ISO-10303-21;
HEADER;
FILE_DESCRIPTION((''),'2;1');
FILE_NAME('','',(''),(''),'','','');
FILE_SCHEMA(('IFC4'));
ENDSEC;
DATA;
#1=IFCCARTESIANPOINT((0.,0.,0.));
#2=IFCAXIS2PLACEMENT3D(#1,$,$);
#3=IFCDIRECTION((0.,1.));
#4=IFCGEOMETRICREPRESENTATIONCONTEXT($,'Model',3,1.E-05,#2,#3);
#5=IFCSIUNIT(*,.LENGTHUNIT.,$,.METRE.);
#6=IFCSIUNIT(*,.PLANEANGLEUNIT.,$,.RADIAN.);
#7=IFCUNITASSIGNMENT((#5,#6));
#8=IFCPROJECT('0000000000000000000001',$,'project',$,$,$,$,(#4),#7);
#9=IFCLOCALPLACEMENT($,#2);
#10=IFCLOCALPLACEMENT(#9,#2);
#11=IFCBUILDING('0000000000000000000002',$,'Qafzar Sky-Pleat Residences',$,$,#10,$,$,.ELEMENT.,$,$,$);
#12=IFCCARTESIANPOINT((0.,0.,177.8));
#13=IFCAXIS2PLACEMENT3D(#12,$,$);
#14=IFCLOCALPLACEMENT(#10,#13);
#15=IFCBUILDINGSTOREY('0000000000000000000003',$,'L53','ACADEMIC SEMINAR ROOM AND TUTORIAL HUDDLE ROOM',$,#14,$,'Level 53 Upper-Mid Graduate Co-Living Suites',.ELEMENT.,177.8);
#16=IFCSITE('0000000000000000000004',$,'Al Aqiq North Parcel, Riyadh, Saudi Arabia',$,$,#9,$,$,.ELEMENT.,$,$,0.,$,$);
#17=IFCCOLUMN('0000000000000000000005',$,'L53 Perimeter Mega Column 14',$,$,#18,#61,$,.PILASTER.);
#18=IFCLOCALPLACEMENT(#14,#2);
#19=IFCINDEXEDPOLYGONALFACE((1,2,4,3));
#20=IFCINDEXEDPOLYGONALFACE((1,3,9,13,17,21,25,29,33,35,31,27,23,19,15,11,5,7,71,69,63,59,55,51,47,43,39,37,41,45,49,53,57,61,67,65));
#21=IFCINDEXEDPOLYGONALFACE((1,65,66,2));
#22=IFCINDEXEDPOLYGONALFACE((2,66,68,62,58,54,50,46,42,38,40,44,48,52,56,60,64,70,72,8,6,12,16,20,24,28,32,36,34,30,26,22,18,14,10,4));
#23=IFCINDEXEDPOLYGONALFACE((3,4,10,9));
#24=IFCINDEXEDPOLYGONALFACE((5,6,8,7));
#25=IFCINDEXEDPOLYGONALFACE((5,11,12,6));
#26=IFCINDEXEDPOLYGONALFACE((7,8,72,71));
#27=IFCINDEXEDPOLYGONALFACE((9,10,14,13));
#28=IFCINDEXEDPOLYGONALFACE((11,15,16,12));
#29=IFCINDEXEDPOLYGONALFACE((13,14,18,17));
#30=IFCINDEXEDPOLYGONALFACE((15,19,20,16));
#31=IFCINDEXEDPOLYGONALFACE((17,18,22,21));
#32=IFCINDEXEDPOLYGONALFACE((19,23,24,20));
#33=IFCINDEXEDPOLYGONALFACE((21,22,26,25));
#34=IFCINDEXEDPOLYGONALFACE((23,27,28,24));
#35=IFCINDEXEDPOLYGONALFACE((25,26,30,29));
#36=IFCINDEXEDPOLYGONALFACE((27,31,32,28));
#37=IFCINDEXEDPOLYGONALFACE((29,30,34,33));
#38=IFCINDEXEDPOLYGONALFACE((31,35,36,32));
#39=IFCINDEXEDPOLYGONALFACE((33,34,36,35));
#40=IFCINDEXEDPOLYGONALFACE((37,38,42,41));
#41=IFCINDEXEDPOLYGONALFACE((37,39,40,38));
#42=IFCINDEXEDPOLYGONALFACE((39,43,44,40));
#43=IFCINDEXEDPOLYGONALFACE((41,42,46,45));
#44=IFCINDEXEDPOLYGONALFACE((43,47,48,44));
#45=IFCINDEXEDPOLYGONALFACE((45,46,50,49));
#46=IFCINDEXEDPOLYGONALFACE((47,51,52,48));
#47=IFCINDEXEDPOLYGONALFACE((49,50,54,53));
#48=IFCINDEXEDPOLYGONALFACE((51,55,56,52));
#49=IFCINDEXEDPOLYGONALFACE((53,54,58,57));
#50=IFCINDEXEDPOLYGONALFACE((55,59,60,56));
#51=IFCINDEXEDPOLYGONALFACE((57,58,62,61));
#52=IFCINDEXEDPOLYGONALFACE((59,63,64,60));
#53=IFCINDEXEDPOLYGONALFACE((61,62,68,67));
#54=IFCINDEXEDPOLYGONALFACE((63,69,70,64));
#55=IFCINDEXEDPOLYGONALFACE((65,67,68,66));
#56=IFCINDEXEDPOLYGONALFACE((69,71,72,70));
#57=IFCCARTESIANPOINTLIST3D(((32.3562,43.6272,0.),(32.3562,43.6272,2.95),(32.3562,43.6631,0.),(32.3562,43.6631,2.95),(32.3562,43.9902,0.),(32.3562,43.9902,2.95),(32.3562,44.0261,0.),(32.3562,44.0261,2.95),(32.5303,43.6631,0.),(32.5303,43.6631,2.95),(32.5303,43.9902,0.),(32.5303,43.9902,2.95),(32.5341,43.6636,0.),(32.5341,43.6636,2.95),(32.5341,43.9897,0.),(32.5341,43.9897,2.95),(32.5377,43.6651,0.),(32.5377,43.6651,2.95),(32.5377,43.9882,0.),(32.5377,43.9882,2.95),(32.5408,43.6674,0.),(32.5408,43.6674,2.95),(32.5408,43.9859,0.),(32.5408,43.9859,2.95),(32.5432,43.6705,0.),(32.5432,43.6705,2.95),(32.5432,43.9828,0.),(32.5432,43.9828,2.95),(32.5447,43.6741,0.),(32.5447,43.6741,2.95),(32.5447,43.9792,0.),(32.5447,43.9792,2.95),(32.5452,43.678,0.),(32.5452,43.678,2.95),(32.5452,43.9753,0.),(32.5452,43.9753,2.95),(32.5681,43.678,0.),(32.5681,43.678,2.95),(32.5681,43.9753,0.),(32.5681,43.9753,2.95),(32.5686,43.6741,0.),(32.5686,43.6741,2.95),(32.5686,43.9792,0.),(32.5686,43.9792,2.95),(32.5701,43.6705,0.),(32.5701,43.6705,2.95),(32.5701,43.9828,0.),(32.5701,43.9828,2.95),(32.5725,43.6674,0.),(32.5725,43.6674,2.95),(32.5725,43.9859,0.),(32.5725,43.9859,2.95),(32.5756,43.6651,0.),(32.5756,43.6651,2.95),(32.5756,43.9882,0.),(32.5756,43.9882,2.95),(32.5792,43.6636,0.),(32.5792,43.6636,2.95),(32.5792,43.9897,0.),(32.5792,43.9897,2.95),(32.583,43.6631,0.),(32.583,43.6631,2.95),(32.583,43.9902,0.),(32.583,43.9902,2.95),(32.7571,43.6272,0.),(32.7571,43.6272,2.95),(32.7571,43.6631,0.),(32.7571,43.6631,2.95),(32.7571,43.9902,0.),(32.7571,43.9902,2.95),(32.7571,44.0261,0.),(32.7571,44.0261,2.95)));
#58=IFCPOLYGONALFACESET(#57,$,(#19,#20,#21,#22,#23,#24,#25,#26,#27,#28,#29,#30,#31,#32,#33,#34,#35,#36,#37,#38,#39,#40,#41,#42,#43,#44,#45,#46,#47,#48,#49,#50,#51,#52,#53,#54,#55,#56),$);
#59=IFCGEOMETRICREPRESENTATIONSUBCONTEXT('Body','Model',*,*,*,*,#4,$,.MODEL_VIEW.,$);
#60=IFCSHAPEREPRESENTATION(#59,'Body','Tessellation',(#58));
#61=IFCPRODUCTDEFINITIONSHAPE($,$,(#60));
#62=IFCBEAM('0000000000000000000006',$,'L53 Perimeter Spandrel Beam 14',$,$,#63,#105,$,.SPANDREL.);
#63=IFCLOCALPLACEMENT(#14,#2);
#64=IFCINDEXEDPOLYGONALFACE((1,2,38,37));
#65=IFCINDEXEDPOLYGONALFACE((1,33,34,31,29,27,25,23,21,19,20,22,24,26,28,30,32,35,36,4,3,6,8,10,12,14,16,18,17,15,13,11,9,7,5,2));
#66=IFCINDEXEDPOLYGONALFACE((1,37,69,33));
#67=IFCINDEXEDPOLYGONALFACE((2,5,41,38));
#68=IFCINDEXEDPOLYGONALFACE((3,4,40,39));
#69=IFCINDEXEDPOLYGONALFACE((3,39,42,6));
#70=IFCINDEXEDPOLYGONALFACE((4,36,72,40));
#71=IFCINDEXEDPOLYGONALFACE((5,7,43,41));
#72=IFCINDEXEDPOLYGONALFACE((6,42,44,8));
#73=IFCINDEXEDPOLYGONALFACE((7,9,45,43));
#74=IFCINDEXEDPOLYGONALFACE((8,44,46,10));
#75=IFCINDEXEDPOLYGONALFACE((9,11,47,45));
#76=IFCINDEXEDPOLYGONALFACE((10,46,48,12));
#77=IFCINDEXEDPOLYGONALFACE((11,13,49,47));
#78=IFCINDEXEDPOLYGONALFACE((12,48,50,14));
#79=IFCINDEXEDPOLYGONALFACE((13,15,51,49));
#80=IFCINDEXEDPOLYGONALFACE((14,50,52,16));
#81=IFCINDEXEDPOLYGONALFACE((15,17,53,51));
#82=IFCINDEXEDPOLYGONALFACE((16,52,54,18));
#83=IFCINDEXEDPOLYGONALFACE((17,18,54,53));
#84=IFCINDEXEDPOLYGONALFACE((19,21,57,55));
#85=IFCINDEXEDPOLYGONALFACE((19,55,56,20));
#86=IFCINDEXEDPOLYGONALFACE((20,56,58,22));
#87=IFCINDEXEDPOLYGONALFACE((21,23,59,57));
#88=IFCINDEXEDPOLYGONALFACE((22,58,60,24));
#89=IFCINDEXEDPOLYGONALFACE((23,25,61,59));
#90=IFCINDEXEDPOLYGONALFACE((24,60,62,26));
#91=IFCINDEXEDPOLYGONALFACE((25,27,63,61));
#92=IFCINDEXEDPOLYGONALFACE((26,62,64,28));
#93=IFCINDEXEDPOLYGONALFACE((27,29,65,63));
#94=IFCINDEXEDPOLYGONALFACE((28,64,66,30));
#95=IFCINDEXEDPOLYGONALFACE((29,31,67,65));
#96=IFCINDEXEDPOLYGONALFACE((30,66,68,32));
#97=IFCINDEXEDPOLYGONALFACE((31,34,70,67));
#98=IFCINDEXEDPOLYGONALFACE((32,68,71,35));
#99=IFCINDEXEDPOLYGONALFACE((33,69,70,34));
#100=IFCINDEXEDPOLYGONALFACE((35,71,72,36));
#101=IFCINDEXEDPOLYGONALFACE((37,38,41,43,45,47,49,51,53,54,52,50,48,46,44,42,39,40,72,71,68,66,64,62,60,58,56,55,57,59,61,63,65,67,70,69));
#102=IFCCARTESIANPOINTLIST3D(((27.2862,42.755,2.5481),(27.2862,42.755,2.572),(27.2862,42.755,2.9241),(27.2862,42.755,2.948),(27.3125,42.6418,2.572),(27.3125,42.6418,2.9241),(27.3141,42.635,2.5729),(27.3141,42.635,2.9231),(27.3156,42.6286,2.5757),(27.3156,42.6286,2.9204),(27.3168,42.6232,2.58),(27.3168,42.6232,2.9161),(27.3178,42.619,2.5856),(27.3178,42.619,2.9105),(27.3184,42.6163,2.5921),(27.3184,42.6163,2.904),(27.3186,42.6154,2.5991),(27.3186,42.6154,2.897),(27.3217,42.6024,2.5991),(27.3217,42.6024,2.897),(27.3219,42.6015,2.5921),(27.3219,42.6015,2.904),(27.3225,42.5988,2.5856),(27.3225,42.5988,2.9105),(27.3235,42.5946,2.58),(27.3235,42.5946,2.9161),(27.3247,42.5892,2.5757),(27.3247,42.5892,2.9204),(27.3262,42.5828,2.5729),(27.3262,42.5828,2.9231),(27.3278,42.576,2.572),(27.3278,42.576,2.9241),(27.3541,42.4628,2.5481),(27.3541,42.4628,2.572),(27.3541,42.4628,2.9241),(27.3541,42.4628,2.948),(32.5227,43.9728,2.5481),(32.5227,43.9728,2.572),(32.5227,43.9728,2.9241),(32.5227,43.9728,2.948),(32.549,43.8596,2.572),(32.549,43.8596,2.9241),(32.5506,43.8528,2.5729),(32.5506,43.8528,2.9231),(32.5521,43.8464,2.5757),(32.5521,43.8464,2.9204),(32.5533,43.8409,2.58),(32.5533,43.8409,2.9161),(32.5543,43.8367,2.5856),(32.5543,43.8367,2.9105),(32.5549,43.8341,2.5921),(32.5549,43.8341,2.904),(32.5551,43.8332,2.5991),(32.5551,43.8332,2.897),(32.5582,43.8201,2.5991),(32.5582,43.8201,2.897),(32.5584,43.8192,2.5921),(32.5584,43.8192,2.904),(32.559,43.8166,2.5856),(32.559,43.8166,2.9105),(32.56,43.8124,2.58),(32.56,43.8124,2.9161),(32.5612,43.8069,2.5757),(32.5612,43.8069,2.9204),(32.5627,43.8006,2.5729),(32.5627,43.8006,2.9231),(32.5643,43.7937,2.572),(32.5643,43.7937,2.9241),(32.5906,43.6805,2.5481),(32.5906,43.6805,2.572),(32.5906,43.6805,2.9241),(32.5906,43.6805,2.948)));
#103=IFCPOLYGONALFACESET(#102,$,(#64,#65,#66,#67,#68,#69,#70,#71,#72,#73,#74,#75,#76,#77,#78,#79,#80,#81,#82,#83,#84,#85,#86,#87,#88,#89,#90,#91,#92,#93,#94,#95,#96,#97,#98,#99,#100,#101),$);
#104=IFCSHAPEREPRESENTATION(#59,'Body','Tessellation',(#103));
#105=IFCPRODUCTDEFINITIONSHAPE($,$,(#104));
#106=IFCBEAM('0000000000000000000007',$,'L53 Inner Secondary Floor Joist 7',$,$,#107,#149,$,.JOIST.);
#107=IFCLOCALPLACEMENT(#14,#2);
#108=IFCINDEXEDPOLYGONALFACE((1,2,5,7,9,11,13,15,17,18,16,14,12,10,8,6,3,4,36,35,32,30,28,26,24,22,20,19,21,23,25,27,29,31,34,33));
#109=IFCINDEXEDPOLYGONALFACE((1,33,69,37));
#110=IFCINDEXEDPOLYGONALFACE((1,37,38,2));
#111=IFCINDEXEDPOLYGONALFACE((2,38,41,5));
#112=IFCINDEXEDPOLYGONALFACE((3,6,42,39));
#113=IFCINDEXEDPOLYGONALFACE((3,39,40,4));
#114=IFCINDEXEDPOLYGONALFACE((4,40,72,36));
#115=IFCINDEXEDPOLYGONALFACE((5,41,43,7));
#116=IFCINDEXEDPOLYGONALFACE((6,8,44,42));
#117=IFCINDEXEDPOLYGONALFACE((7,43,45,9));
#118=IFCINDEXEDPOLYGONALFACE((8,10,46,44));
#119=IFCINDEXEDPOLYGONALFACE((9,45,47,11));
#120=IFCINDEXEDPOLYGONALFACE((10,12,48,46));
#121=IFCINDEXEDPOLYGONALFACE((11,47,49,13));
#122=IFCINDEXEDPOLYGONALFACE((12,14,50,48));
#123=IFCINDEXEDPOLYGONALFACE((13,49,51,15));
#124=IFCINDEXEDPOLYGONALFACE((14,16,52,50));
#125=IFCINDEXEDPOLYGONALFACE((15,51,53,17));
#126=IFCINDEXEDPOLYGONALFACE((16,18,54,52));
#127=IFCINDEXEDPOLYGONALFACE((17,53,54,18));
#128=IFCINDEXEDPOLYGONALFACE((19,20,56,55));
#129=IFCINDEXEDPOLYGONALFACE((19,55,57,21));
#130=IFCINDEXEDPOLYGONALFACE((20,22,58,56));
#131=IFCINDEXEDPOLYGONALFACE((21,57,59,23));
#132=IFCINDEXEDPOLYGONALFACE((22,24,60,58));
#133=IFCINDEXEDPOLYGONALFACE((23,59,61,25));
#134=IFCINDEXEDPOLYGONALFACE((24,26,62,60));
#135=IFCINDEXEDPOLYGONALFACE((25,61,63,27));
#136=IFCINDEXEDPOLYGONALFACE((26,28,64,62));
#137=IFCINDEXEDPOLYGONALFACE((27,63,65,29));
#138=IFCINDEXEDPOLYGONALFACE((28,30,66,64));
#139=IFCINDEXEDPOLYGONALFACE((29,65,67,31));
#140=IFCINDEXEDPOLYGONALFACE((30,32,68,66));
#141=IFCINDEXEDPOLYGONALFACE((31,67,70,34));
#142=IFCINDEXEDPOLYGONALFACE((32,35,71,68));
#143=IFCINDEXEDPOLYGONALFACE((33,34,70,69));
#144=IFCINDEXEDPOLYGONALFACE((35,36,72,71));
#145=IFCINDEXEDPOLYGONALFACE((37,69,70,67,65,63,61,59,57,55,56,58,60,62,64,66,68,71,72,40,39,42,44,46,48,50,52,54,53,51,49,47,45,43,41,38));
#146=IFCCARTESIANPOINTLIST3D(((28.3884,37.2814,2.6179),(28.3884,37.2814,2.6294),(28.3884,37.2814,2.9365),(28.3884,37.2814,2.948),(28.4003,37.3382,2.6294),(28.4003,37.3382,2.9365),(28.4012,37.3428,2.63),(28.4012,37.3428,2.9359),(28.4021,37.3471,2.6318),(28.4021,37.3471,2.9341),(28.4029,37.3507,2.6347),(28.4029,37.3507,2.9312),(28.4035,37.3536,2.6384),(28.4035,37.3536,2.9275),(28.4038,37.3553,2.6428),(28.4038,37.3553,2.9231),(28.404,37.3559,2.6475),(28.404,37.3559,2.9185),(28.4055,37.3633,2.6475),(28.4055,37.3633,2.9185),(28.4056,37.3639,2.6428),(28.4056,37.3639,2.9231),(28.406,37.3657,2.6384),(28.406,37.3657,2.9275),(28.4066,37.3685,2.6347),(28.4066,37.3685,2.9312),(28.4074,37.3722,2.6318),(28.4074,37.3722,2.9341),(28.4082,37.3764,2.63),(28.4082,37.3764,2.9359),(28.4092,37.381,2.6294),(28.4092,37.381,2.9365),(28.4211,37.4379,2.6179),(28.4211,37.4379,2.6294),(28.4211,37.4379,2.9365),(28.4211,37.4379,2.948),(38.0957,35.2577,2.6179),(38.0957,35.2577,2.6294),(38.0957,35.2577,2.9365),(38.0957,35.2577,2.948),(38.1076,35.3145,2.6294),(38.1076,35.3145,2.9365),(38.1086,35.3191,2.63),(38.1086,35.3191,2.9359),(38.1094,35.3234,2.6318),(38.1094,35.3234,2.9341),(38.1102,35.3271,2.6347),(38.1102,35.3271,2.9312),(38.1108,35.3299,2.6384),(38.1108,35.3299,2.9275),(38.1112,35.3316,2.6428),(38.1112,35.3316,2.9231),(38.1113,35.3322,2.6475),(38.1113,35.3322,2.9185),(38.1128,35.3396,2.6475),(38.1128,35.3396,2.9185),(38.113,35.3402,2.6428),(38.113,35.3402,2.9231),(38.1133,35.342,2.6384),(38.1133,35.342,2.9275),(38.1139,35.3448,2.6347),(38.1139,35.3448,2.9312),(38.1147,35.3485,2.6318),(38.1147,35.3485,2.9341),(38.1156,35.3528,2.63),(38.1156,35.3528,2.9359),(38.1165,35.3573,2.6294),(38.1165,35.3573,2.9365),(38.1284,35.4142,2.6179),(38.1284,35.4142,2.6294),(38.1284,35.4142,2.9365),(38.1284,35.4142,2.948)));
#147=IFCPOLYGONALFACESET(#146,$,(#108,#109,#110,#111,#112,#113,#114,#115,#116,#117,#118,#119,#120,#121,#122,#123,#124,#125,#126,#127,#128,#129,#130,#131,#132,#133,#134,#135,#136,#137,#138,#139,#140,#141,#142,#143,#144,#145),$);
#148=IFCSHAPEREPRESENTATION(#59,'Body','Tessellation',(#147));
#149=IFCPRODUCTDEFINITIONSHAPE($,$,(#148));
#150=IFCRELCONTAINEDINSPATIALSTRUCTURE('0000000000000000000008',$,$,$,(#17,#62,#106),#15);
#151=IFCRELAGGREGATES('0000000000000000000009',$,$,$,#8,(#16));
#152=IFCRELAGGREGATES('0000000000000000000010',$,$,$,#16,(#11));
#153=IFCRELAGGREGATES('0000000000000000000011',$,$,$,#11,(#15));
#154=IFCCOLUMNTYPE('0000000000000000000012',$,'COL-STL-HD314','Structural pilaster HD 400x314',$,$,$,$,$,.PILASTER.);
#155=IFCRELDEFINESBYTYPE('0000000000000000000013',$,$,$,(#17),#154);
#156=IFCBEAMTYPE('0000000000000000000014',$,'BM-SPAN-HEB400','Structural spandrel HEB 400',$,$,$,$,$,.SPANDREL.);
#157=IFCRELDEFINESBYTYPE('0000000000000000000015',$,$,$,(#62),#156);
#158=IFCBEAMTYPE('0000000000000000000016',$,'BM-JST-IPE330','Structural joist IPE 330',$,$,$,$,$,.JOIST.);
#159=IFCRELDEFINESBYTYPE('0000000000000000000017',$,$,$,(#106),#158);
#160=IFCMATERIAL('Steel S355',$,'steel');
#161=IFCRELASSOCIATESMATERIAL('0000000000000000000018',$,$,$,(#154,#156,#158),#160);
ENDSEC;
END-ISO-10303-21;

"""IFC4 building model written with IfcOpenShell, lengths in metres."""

from ifc_helpers import new_model, si_unit, direction, frame, origin, origin_2d, place, context, subcontext, project, spatial, i_section, extrude, source, transform, mapped, material, material_profile, profile_set, type_object, element, save


model = new_model("IFC4")

# Units and contexts
model_context = context("Model", 3, precision=1e-05, world=origin(), true_north=direction((0.0, 1.0)))
body_context = subcontext(model_context, "Body", "Model", "MODEL_VIEW")
ifc_project = project(units=[si_unit("LENGTHUNIT", "METRE"), si_unit("PLANEANGLEUNIT", "RADIAN")], contexts=[model_context])

# Site, building, storey
site_placement = place(None, origin())
site = spatial("IfcSite", under=ifc_project, at=site_placement, Name="Al Aqiq North Parcel, Riyadh, Saudi Arabia", CompositionType="ELEMENT", RefElevation=0.0)
building_placement = place(site_placement, origin())
building = spatial("IfcBuilding", under=site, at=building_placement, Name="Qafzar Sky-Pleat Residences", CompositionType="ELEMENT")
storey_placement = place(building_placement, frame((0.0, 0.0, 177.8)))
storey = spatial("IfcBuildingStorey", under=building, at=storey_placement, Name="L53", Description="ACADEMIC SEMINAR ROOM AND TUTORIAL HUDDLE ROOM", LongName="Level 53 Upper-Mid Graduate Co-Living Suites", CompositionType="ELEMENT", Elevation=177.8)

# Column
ifc_material_1 = material(Name="Steel S355", Category="steel")
ifc_material_profile_1 = material_profile(ifc_material_1, i_section(OverallWidth=0.4009, OverallDepth=0.3989, WebThickness=0.0229, FlangeThickness=0.0359, FilletRadius=0.0149, at=origin_2d()), Name="HD 400x314")
ifc_profile_set_1 = profile_set([ifc_material_profile_1], Name="Steel S355")
column_type = type_object("IfcColumnType", Name="COL-STL-HD314", Description="Structural pilaster HD 400x314", PredefinedType="PILASTER", material=ifc_profile_set_1)
shared_shape_1 = source(origin(), body_context, "Body", "SweptSolid", [
    extrude(i_section(OverallWidth=0.4009, OverallDepth=0.3989, WebThickness=0.0229, FlangeThickness=0.0359, FilletRadius=0.0149, at=origin_2d()), origin(), (0.0, 0.0, 1.0), 2.95),
])
column_placement = place(storey_placement, frame((32.5566, 43.8267, 0.0), z_axis=(0.0, 0.0, 1.0), x_axis=(1.0, 0.0, 0.0)))
element("IfcColumn", 1, at=column_placement, inside=storey, type_object=column_type, Name="L53 Perimeter Mega Column 14", PredefinedType="PILASTER", context=body_context, shape_type="MappedRepresentation", body=[
    mapped(shared_shape_1, transform((0.0, 0.0, 0.0), x_axis=(1.0, 0.0, 0.0), y_axis=(0.0, 1.0, 0.0), z_axis=(0.0, 0.0, 1.0), scale=1.0)),
])

# Beams
ifc_material_profile_2 = material_profile(ifc_material_1, i_section(OverallWidth=0.3, OverallDepth=0.3999, WebThickness=0.0134, FlangeThickness=0.0239, FilletRadius=0.0271, at=origin_2d()), Name="HEB 400")
ifc_profile_set_2 = profile_set([ifc_material_profile_2], Name="Steel S355")
beam_type_1 = type_object("IfcBeamType", Name="BM-SPAN-HEB400", Description="Structural spandrel HEB 400", PredefinedType="SPANDREL", material=ifc_profile_set_2)
shared_shape_2 = source(origin(), body_context, "Body", "SweptSolid", [
    extrude(i_section(OverallWidth=0.3, OverallDepth=0.3999, WebThickness=0.0134, FlangeThickness=0.0239, FilletRadius=0.0271, at=origin_2d()), origin(), (0.0, 0.0, 1.0), 5.3762),
])
beam_1_placement = place(storey_placement, frame((32.5566, 43.8267, 2.748), z_axis=(-0.974009, -0.226507, 0.0), x_axis=(0.226507, -0.974009, 0.0)))
element("IfcBeam", 2, at=beam_1_placement, inside=storey, type_object=beam_type_1, Name="L53 Perimeter Spandrel Beam 14", PredefinedType="SPANDREL", context=body_context, shape_type="MappedRepresentation", body=[
    mapped(shared_shape_2, transform((0.0, 0.0, 0.0), x_axis=(1.0, 0.0, 0.0), y_axis=(0.0, 1.0, 0.0), z_axis=(0.0, 0.0, 1.0), scale=1.0)),
])
ifc_material_profile_3 = material_profile(ifc_material_1, i_section(OverallWidth=0.1599, OverallDepth=0.3301, WebThickness=0.0076, FlangeThickness=0.0115, FilletRadius=0.0181, at=origin_2d()), Name="IPE 330")
ifc_profile_set_3 = profile_set([ifc_material_profile_3], Name="Steel S355")
beam_type_2 = type_object("IfcBeamType", Name="BM-JST-IPE330", Description="Structural joist IPE 330", PredefinedType="JOIST", material=ifc_profile_set_3)
shared_shape_3 = source(origin(), body_context, "Body", "SweptSolid", [
    extrude(i_section(OverallWidth=0.1599, OverallDepth=0.3301, WebThickness=0.0076, FlangeThickness=0.0115, FilletRadius=0.0181, at=origin_2d()), origin(), (0.0, 0.0, 1.0), 9.916),
])
beam_2_placement = place(storey_placement, frame((38.1121, 35.3359, 2.783), z_axis=(-0.978954, 0.204083, 0.0), x_axis=(-0.204083, -0.978954, 0.0)))
element("IfcBeam", 3, at=beam_2_placement, inside=storey, type_object=beam_type_2, Name="L53 Inner Secondary Floor Joist 7", PredefinedType="JOIST", context=body_context, shape_type="MappedRepresentation", body=[
    mapped(shared_shape_3, transform((0.0, 0.0, 0.0), x_axis=(1.0, 0.0, 0.0), y_axis=(0.0, 1.0, 0.0), z_axis=(0.0, 0.0, 1.0), scale=1.0)),
])

save(model, "model.ifc")
